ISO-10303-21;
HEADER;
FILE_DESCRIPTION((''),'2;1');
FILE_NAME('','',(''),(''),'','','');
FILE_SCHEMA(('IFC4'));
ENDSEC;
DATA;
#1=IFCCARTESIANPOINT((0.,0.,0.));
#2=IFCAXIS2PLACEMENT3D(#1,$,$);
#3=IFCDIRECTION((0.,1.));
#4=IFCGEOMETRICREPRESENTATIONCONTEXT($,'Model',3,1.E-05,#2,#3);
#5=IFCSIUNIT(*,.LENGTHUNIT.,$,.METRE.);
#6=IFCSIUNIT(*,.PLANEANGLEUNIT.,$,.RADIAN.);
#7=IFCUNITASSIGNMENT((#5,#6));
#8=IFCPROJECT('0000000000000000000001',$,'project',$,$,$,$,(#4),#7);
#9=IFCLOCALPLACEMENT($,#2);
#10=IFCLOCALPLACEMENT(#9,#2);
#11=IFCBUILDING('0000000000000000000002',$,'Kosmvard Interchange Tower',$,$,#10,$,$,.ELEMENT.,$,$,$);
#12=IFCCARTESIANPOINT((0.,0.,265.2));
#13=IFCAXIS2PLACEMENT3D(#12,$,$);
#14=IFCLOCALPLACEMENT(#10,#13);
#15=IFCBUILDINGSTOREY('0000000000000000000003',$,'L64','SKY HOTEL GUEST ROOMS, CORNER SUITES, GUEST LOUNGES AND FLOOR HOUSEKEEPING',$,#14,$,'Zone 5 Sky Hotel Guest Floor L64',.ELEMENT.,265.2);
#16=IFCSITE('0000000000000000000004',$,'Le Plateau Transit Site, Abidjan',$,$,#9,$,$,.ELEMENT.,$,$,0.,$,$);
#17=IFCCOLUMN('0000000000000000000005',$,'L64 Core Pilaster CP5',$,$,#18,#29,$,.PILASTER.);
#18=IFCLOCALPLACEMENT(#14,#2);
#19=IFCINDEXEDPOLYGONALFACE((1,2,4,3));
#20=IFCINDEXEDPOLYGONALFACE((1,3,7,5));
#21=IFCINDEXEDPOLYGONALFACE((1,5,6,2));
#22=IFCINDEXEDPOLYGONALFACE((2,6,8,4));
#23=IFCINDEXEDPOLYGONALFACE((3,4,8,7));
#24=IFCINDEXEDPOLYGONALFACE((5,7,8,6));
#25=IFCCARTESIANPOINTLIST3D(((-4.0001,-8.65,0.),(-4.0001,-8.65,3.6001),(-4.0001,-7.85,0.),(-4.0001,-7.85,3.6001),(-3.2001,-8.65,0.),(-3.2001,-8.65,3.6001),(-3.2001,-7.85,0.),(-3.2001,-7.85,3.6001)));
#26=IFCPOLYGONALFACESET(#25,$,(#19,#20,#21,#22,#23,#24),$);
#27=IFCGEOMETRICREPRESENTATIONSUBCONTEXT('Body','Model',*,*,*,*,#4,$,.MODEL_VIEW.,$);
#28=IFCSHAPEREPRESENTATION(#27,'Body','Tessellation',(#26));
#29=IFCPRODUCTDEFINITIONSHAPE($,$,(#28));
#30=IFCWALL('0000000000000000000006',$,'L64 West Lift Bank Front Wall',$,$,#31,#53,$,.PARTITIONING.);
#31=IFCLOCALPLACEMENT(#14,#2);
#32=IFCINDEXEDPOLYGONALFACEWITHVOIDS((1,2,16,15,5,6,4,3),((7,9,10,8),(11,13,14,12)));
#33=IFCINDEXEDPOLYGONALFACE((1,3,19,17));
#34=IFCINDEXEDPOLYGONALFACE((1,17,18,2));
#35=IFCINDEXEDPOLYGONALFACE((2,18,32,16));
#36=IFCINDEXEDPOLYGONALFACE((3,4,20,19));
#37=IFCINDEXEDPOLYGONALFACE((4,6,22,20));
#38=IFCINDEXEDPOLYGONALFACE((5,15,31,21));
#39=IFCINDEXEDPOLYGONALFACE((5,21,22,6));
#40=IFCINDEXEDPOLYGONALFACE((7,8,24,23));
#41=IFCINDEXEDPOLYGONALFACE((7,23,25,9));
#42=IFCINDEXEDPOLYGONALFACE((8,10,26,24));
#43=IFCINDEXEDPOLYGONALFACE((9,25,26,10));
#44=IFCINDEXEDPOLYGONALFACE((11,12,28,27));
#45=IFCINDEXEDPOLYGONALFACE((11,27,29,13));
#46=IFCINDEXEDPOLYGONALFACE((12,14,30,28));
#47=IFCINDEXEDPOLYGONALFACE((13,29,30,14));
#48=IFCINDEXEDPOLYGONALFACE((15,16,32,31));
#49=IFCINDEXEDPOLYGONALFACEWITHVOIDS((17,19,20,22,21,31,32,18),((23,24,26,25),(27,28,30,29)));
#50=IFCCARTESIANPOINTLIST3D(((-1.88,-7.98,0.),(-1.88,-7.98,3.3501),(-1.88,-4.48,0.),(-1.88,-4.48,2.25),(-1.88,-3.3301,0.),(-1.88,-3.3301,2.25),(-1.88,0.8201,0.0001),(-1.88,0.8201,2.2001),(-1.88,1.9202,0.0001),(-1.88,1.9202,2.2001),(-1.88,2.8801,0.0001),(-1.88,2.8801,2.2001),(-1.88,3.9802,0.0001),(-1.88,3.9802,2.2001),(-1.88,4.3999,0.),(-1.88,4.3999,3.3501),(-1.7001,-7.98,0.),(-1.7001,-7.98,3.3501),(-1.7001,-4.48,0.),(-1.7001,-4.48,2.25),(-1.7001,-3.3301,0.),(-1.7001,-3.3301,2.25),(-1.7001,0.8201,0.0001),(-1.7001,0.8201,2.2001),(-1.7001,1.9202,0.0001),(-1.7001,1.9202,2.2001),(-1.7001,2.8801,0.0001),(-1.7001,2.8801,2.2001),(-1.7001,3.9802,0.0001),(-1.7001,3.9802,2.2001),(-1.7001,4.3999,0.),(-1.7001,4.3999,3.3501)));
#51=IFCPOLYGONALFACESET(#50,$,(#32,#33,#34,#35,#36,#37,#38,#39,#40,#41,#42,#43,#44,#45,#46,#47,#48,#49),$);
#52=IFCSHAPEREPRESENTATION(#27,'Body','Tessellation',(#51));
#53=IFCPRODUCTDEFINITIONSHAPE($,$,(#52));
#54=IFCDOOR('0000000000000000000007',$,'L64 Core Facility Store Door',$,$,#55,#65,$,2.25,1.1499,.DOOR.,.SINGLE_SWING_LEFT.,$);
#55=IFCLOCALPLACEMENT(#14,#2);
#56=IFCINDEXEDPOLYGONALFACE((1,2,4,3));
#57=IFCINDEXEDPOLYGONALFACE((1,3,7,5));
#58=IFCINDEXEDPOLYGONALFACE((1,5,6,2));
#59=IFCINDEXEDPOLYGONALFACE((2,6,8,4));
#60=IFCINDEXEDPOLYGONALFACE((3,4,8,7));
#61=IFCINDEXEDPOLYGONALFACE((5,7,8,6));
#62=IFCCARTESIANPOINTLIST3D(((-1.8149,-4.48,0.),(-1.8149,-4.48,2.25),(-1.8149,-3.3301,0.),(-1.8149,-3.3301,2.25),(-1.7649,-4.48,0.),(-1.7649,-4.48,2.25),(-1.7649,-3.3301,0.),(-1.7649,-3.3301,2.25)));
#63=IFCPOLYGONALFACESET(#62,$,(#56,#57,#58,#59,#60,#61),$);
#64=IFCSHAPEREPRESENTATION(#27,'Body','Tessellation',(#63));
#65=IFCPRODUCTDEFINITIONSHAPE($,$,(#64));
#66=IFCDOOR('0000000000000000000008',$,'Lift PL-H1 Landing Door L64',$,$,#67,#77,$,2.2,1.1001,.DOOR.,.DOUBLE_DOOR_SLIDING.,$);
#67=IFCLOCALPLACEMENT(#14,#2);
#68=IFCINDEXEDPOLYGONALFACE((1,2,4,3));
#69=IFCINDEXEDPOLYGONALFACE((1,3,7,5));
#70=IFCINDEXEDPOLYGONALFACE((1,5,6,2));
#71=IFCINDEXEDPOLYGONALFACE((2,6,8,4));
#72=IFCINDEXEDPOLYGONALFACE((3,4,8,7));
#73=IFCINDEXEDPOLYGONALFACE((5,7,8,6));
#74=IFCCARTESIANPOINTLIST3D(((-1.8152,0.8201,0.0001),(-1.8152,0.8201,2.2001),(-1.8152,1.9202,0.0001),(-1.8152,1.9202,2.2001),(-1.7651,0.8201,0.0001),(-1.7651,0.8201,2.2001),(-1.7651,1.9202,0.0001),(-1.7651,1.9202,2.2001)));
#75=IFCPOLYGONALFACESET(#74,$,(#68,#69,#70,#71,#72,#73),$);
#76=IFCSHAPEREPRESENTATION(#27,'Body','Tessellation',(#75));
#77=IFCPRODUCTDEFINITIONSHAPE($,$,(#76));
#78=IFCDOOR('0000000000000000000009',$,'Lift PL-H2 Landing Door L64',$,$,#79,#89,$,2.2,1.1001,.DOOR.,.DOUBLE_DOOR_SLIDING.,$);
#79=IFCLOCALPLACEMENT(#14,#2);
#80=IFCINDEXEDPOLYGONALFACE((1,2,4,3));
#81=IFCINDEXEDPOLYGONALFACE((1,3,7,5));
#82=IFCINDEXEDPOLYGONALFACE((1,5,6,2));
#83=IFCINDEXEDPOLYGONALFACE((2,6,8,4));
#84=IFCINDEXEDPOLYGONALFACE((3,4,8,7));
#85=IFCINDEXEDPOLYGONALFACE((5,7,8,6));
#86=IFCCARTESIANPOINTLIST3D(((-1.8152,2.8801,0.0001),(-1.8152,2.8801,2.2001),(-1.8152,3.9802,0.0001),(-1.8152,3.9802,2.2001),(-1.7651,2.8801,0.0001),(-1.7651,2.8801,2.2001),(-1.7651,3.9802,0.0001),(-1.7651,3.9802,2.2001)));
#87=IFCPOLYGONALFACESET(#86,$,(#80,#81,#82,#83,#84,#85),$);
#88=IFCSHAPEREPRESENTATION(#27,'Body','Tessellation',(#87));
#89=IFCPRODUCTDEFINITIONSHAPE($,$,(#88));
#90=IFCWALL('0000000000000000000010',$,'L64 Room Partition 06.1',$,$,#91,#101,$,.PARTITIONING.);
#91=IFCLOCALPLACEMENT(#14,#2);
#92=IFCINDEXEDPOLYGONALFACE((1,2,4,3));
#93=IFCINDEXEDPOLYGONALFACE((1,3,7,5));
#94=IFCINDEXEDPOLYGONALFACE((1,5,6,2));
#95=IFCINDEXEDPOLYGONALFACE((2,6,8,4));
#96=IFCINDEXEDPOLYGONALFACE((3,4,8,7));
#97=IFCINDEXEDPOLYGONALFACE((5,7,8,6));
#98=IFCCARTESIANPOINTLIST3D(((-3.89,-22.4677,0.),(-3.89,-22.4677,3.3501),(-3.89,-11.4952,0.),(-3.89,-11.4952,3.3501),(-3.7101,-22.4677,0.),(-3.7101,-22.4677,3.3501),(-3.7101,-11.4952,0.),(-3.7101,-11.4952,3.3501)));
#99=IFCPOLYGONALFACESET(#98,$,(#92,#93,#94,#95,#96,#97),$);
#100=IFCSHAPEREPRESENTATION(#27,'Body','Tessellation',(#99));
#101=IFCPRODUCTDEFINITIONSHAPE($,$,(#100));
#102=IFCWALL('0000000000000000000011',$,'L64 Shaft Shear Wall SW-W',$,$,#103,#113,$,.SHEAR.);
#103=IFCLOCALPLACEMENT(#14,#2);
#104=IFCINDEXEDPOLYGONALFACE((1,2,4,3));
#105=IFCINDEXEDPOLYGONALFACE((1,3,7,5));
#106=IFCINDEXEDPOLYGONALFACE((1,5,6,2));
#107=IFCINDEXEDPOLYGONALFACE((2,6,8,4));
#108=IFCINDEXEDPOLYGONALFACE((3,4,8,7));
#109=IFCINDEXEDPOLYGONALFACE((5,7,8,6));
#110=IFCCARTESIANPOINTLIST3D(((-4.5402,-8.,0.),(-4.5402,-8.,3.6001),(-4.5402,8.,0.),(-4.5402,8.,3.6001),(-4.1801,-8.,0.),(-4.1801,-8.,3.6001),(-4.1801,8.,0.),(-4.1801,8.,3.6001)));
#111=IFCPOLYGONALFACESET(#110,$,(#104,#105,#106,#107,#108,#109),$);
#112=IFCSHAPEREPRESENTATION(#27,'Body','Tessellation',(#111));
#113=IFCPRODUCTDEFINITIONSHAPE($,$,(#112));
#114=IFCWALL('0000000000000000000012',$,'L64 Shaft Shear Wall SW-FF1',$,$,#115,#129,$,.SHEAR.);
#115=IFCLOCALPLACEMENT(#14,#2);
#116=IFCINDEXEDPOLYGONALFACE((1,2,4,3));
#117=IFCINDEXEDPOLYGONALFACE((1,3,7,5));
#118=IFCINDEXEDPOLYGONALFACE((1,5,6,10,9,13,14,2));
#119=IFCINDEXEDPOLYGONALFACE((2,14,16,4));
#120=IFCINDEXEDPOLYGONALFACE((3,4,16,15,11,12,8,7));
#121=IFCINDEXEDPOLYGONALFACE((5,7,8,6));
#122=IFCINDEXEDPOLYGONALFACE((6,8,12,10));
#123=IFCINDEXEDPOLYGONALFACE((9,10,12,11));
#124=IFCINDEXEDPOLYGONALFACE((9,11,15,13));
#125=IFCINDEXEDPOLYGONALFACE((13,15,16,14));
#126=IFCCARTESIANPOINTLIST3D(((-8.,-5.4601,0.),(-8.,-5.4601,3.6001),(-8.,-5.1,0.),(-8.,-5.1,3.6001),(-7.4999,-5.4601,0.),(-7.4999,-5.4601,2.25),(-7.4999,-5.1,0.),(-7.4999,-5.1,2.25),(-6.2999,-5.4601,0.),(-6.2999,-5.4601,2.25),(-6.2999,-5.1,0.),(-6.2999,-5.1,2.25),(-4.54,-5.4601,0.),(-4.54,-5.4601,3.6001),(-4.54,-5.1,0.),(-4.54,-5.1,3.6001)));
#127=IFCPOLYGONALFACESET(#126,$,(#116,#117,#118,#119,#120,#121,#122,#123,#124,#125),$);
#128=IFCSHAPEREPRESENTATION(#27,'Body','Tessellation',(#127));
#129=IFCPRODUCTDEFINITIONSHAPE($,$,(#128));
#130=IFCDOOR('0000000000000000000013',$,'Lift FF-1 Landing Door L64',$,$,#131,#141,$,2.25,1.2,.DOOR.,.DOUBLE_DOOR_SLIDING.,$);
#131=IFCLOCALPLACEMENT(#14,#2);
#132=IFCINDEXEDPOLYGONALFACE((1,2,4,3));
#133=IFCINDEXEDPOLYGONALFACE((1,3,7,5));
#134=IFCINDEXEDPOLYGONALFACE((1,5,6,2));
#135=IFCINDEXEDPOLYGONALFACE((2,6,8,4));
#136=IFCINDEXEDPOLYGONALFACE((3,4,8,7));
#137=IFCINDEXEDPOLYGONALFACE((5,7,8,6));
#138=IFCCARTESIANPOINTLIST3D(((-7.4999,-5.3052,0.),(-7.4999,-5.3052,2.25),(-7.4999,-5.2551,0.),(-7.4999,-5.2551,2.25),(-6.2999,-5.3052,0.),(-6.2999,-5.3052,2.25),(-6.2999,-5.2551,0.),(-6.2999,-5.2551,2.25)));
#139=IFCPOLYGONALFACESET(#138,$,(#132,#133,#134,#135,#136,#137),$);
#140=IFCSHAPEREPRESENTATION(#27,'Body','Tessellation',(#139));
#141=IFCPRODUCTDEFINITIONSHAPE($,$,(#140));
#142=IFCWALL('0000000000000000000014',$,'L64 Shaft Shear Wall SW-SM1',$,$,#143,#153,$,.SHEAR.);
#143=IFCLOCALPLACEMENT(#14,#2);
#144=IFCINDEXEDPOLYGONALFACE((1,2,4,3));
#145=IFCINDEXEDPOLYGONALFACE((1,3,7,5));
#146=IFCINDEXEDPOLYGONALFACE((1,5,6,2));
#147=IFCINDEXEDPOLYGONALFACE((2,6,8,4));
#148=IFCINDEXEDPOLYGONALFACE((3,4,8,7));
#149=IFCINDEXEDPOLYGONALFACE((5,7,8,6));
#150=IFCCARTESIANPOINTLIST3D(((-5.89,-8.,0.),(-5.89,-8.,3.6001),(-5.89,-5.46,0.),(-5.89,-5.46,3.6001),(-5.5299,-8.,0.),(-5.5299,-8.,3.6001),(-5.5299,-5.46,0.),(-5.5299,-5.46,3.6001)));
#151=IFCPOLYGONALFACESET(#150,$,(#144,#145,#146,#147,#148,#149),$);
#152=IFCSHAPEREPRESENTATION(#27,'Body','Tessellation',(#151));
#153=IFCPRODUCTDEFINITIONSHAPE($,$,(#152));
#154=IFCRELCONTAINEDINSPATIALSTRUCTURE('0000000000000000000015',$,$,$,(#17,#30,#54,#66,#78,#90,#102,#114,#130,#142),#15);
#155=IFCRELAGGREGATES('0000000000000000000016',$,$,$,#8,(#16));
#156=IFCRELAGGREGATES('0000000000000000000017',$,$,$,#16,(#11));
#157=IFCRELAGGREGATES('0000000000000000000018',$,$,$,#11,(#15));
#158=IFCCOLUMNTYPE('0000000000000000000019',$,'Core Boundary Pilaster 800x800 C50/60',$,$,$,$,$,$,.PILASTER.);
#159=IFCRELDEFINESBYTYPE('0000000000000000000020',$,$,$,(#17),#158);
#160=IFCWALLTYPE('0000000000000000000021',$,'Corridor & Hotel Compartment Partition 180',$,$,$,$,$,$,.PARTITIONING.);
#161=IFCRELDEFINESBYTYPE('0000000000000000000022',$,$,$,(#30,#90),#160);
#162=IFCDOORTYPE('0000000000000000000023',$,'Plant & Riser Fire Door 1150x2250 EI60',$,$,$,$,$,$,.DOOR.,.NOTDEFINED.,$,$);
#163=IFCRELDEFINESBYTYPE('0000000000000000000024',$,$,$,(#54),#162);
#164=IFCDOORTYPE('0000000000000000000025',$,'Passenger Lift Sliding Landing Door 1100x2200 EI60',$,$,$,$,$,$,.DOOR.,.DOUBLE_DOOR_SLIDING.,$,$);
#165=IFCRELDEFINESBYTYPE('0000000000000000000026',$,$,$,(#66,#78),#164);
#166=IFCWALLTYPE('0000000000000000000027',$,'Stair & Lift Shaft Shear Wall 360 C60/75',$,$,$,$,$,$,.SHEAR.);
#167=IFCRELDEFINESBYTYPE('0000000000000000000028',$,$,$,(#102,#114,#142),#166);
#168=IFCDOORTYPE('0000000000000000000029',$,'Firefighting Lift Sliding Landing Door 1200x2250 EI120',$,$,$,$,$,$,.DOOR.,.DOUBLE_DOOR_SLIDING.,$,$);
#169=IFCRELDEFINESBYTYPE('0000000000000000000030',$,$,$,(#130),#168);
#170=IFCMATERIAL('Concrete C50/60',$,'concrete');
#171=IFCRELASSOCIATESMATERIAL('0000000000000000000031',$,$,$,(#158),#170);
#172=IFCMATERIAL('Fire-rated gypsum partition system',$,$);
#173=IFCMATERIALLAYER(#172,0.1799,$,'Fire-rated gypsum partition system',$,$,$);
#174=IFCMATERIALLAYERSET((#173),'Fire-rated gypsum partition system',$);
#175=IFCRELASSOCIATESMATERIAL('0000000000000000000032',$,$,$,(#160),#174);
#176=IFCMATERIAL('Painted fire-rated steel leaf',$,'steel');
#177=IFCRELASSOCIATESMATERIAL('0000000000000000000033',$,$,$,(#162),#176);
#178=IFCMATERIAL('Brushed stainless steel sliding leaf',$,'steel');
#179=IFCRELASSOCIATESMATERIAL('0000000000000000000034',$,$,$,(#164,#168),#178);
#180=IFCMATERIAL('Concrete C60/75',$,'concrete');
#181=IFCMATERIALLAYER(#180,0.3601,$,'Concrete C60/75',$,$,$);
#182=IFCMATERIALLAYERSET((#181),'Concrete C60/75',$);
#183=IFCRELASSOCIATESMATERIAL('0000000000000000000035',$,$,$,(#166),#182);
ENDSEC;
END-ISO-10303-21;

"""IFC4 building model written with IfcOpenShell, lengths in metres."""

from ifc_helpers import new_model, si_unit, direction, frame, frame_2d, origin, origin_2d, place, context, subcontext, project, spatial, rectangle, extrude, source, transform, mapped, material, layer, layer_set, material_profile, profile_set, type_object, element, fill, save


model = new_model("IFC4")

# Units and contexts
model_context = context("Model", 3, precision=1e-05, world=origin(), true_north=direction((0.0, 1.0)))
body_context = subcontext(model_context, "Body", "Model", "MODEL_VIEW")
ifc_project = project(units=[si_unit("LENGTHUNIT", "METRE"), si_unit("PLANEANGLEUNIT", "RADIAN")], contexts=[model_context])

# Site, building, storey
site_placement = place(None, origin())
site = spatial("IfcSite", under=ifc_project, at=site_placement, Name="Le Plateau Transit Site, Abidjan", CompositionType="ELEMENT", RefElevation=0.0)
building_placement = place(site_placement, origin())
building = spatial("IfcBuilding", under=site, at=building_placement, Name="Kosmvard Interchange Tower", CompositionType="ELEMENT")
storey_placement = place(building_placement, frame((0.0, 0.0, 265.2)))
storey = spatial("IfcBuildingStorey", under=building, at=storey_placement, Name="L64", Description="SKY HOTEL GUEST ROOMS, CORNER SUITES, GUEST LOUNGES AND FLOOR HOUSEKEEPING", LongName="Zone 5 Sky Hotel Guest Floor L64", CompositionType="ELEMENT", Elevation=265.2)

# Column
ifc_material_1 = material(Name="Concrete C50/60", Category="concrete")
ifc_material_profile = material_profile(ifc_material_1, rectangle(XDim=0.8, YDim=0.8, at=origin_2d()), Name="CP 800x800")
ifc_profile_set = profile_set([ifc_material_profile], Name="Concrete C50/60")
column_type = type_object("IfcColumnType", Name="Core Boundary Pilaster 800x800 C50/60", PredefinedType="PILASTER", material=ifc_profile_set)
shared_shape_1 = source(origin(), body_context, "Body", "SweptSolid", [
    extrude(rectangle(XDim=0.8, YDim=0.8, at=origin_2d()), origin(), (0.0, 0.0, 1.0), 3.6001),
])
column_placement = place(storey_placement, frame((-3.6001, -8.25, 0.0), z_axis=(0.0, 0.0, 1.0), x_axis=(1.0, 0.0, 0.0)))
element("IfcColumn", 1, at=column_placement, inside=storey, type_object=column_type, Name="L64 Core Pilaster CP5", PredefinedType="PILASTER", context=body_context, shape_type="MappedRepresentation", body=[
    mapped(shared_shape_1, transform((0.0, 0.0, 0.0), scale=1.0)),
])

# Wall, openings, doors
ifc_material_2 = material(Name="Fire-rated gypsum partition system")
ifc_layer_1 = layer(ifc_material_2, 0.1799, Name="Fire-rated gypsum partition system")
ifc_layer_set_1 = layer_set([ifc_layer_1], Name="Fire-rated gypsum partition system")
wall_type_1 = type_object("IfcWallType", Name="Corridor & Hotel Compartment Partition 180", PredefinedType="PARTITIONING", material=ifc_layer_set_1)
wall_1_placement = place(storey_placement, frame((-1.79, -7.98, 0.0), z_axis=(0.0, 0.0, 1.0), x_axis=(0.0, 1.0, 0.0)))
wall_1 = element("IfcWall", 2, at=wall_1_placement, inside=storey, type_object=wall_type_1, Name="L64 West Lift Bank Front Wall", PredefinedType="PARTITIONING", context=body_context, shape_type="SweptSolid", body=[
    extrude(rectangle(XDim=12.3799, YDim=0.1799, at=frame_2d((6.1899, 0.0))), origin(), (0.0, 0.0, 1.0), 3.3501),
])
opening_1_placement = place(wall_1_placement, frame((8.8, 0.0, 0.0)))
opening_1 = element("IfcOpeningElement", 3, at=opening_1_placement, cuts=wall_1, PredefinedType="OPENING", context=body_context, shape_type="SweptSolid", body=[
    extrude(rectangle(XDim=1.1001, YDim=2.2, at=frame_2d((0.55, 1.1001))), frame((0.0, 0.1001, 0.0), z_axis=(0.0, -1.0, 0.0), x_axis=(1.0, 0.0, 0.0)), (0.0, 0.0, 1.0), 0.2),
])
opening_2_placement = place(wall_1_placement, frame((10.8601, 0.0, 0.0)))
opening_2 = element("IfcOpeningElement", 4, at=opening_2_placement, cuts=wall_1, PredefinedType="OPENING", context=body_context, shape_type="SweptSolid", body=[
    extrude(rectangle(XDim=1.1001, YDim=2.2, at=frame_2d((0.55, 1.1001))), frame((0.0, 0.1001, 0.0), z_axis=(0.0, -1.0, 0.0), x_axis=(1.0, 0.0, 0.0)), (0.0, 0.0, 1.0), 0.2),
])
opening_3_placement = place(wall_1_placement, frame((3.5, 0.0, 0.0)))
opening_3 = element("IfcOpeningElement", 5, at=opening_3_placement, cuts=wall_1, PredefinedType="OPENING", context=body_context, shape_type="SweptSolid", body=[
    extrude(rectangle(XDim=1.1499, YDim=2.25, at=frame_2d((0.575, 1.125))), frame((0.0, 0.1001, 0.0), z_axis=(0.0, -1.0, 0.0), x_axis=(1.0, 0.0, 0.0)), (0.0, 0.0, 1.0), 0.2),
])
ifc_material_3 = material(Name="Painted fire-rated steel leaf", Category="steel")
door_type_1 = type_object("IfcDoorType", Name="Plant & Riser Fire Door 1150x2250 EI60", OperationType="NOTDEFINED", PredefinedType="DOOR", material=ifc_material_3)
shared_shape_2 = source(origin(), body_context, "Body", "SweptSolid", [
    extrude(rectangle(XDim=1.1499, YDim=2.25, at=frame_2d((0.575, 1.125))), frame((0.0, 0.0249, 0.0), z_axis=(0.0, -1.0, 0.0), x_axis=(1.0, 0.0, 0.0)), (0.0, 0.0, 1.0), 0.05),
])
door_1_placement = place(opening_3_placement, origin())
door_1 = element("IfcDoor", 6, at=door_1_placement, inside=storey, type_object=door_type_1, Name="L64 Core Facility Store Door", OperationType="SINGLE_SWING_LEFT", OverallHeight=2.25, OverallWidth=1.1499, PredefinedType="DOOR", context=body_context, shape_type="MappedRepresentation", body=[
    mapped(shared_shape_2, transform((0.0, 0.0, 0.0), scale=1.0)),
])
fill(opening_3, door_1)
ifc_material_4 = material(Name="Brushed stainless steel sliding leaf", Category="steel")
door_type_2 = type_object("IfcDoorType", Name="Passenger Lift Sliding Landing Door 1100x2200 EI60", OperationType="DOUBLE_DOOR_SLIDING", PredefinedType="DOOR", material=ifc_material_4)
shared_shape_3 = source(origin(), body_context, "Body", "SweptSolid", [
    extrude(rectangle(XDim=1.1001, YDim=2.2, at=frame_2d((0.55, 1.1001))), frame((0.0, 0.0249, 0.0), z_axis=(0.0, -1.0, 0.0), x_axis=(1.0, 0.0, 0.0)), (0.0, 0.0, 1.0), 0.05),
])
door_2_placement = place(opening_1_placement, frame((1.1001, 0.0, 0.0), z_axis=(0.0, 0.0, 1.0), x_axis=(-1.0, 0.0, 0.0)))
door_2 = element("IfcDoor", 7, at=door_2_placement, inside=storey, type_object=door_type_2, Name="Lift PL-H1 Landing Door L64", OperationType="DOUBLE_DOOR_SLIDING", OverallHeight=2.2, OverallWidth=1.1001, PredefinedType="DOOR", context=body_context, shape_type="MappedRepresentation", body=[
    mapped(shared_shape_3, transform((0.0, 0.0, 0.0), scale=1.0)),
])
fill(opening_1, door_2)
door_3_placement = place(opening_2_placement, frame((1.1001, 0.0, 0.0), z_axis=(0.0, 0.0, 1.0), x_axis=(-1.0, 0.0, 0.0)))
door_3 = element("IfcDoor", 8, at=door_3_placement, inside=storey, type_object=door_type_2, Name="Lift PL-H2 Landing Door L64", OperationType="DOUBLE_DOOR_SLIDING", OverallHeight=2.2, OverallWidth=1.1001, PredefinedType="DOOR", context=body_context, shape_type="MappedRepresentation", body=[
    mapped(shared_shape_3, transform((0.0, 0.0, 0.0), scale=1.0)),
])
fill(opening_2, door_3)

# Walls
wall_2_placement = place(storey_placement, frame((-3.8, -11.4951, 0.0), z_axis=(0.0, 0.0, 1.0), x_axis=(0.0, -1.0, 0.0)))
element("IfcWall", 9, at=wall_2_placement, inside=storey, type_object=wall_type_1, Name="L64 Room Partition 06.1", PredefinedType="PARTITIONING", context=body_context, shape_type="SweptSolid", body=[
    extrude(rectangle(XDim=10.9724, YDim=0.1799, at=frame_2d((5.4863, 0.0))), origin(), (0.0, 0.0, 1.0), 3.3501),
])
ifc_material_5 = material(Name="Concrete C60/75", Category="concrete")
ifc_layer_2 = layer(ifc_material_5, 0.3601, Name="Concrete C60/75")
ifc_layer_set_2 = layer_set([ifc_layer_2], Name="Concrete C60/75")
wall_type_2 = type_object("IfcWallType", Name="Stair & Lift Shaft Shear Wall 360 C60/75", PredefinedType="SHEAR", material=ifc_layer_set_2)
wall_3_placement = place(storey_placement, frame((-4.3601, -8.0, 0.0), z_axis=(0.0, 0.0, 1.0), x_axis=(0.0, 1.0, 0.0)))
element("IfcWall", 10, at=wall_3_placement, inside=storey, type_object=wall_type_2, Name="L64 Shaft Shear Wall SW-W", PredefinedType="SHEAR", context=body_context, shape_type="SweptSolid", body=[
    extrude(rectangle(XDim=16.0, YDim=0.3601, at=frame_2d((8.0, 0.0))), origin(), (0.0, 0.0, 1.0), 3.6001),
])

# Wall, opening, door
wall_4_placement = place(storey_placement, frame((-8.0, -5.28, 0.0), z_axis=(0.0, 0.0, 1.0), x_axis=(1.0, 0.0, 0.0)))
wall_4 = element("IfcWall", 11, at=wall_4_placement, inside=storey, type_object=wall_type_2, Name="L64 Shaft Shear Wall SW-FF1", PredefinedType="SHEAR", context=body_context, shape_type="SweptSolid", body=[
    extrude(rectangle(XDim=3.46, YDim=0.3601, at=frame_2d((1.73, 0.0))), origin(), (0.0, 0.0, 1.0), 3.6001),
])
opening_4_placement = place(wall_4_placement, frame((0.5, 0.0, 0.0)))
opening_4 = element("IfcOpeningElement", 12, at=opening_4_placement, cuts=wall_4, PredefinedType="OPENING", context=body_context, shape_type="SweptSolid", body=[
    extrude(rectangle(XDim=1.2, YDim=2.25, at=frame_2d((0.6001, 1.125))), frame((0.0, 0.1899, 0.0), z_axis=(0.0, -1.0, 0.0), x_axis=(1.0, 0.0, 0.0)), (0.0, 0.0, 1.0), 0.3801),
])
door_type_3 = type_object("IfcDoorType", Name="Firefighting Lift Sliding Landing Door 1200x2250 EI120", OperationType="DOUBLE_DOOR_SLIDING", PredefinedType="DOOR", material=ifc_material_4)
shared_shape_4 = source(origin(), body_context, "Body", "SweptSolid", [
    extrude(rectangle(XDim=1.2, YDim=2.25, at=frame_2d((0.6001, 1.125))), frame((0.0, 0.0249, 0.0), z_axis=(0.0, -1.0, 0.0), x_axis=(1.0, 0.0, 0.0)), (0.0, 0.0, 1.0), 0.05),
])
door_4_placement = place(opening_4_placement, origin())
door_4 = element("IfcDoor", 13, at=door_4_placement, inside=storey, type_object=door_type_3, Name="Lift FF-1 Landing Door L64", OperationType="DOUBLE_DOOR_SLIDING", OverallHeight=2.25, OverallWidth=1.2, PredefinedType="DOOR", context=body_context, shape_type="MappedRepresentation", body=[
    mapped(shared_shape_4, transform((0.0, 0.0, 0.0), scale=1.0)),
])
fill(opening_4, door_4)

# Wall
wall_5_placement = place(storey_placement, frame((-5.71, -8.0, 0.0), z_axis=(0.0, 0.0, 1.0), x_axis=(0.0, 1.0, 0.0)))
element("IfcWall", 14, at=wall_5_placement, inside=storey, type_object=wall_type_2, Name="L64 Shaft Shear Wall SW-SM1", PredefinedType="SHEAR", context=body_context, shape_type="SweptSolid", body=[
    extrude(rectangle(XDim=2.54, YDim=0.3601, at=frame_2d((1.27, 0.0))), origin(), (0.0, 0.0, 1.0), 3.6001),
])

save(model, "model.ifc")
